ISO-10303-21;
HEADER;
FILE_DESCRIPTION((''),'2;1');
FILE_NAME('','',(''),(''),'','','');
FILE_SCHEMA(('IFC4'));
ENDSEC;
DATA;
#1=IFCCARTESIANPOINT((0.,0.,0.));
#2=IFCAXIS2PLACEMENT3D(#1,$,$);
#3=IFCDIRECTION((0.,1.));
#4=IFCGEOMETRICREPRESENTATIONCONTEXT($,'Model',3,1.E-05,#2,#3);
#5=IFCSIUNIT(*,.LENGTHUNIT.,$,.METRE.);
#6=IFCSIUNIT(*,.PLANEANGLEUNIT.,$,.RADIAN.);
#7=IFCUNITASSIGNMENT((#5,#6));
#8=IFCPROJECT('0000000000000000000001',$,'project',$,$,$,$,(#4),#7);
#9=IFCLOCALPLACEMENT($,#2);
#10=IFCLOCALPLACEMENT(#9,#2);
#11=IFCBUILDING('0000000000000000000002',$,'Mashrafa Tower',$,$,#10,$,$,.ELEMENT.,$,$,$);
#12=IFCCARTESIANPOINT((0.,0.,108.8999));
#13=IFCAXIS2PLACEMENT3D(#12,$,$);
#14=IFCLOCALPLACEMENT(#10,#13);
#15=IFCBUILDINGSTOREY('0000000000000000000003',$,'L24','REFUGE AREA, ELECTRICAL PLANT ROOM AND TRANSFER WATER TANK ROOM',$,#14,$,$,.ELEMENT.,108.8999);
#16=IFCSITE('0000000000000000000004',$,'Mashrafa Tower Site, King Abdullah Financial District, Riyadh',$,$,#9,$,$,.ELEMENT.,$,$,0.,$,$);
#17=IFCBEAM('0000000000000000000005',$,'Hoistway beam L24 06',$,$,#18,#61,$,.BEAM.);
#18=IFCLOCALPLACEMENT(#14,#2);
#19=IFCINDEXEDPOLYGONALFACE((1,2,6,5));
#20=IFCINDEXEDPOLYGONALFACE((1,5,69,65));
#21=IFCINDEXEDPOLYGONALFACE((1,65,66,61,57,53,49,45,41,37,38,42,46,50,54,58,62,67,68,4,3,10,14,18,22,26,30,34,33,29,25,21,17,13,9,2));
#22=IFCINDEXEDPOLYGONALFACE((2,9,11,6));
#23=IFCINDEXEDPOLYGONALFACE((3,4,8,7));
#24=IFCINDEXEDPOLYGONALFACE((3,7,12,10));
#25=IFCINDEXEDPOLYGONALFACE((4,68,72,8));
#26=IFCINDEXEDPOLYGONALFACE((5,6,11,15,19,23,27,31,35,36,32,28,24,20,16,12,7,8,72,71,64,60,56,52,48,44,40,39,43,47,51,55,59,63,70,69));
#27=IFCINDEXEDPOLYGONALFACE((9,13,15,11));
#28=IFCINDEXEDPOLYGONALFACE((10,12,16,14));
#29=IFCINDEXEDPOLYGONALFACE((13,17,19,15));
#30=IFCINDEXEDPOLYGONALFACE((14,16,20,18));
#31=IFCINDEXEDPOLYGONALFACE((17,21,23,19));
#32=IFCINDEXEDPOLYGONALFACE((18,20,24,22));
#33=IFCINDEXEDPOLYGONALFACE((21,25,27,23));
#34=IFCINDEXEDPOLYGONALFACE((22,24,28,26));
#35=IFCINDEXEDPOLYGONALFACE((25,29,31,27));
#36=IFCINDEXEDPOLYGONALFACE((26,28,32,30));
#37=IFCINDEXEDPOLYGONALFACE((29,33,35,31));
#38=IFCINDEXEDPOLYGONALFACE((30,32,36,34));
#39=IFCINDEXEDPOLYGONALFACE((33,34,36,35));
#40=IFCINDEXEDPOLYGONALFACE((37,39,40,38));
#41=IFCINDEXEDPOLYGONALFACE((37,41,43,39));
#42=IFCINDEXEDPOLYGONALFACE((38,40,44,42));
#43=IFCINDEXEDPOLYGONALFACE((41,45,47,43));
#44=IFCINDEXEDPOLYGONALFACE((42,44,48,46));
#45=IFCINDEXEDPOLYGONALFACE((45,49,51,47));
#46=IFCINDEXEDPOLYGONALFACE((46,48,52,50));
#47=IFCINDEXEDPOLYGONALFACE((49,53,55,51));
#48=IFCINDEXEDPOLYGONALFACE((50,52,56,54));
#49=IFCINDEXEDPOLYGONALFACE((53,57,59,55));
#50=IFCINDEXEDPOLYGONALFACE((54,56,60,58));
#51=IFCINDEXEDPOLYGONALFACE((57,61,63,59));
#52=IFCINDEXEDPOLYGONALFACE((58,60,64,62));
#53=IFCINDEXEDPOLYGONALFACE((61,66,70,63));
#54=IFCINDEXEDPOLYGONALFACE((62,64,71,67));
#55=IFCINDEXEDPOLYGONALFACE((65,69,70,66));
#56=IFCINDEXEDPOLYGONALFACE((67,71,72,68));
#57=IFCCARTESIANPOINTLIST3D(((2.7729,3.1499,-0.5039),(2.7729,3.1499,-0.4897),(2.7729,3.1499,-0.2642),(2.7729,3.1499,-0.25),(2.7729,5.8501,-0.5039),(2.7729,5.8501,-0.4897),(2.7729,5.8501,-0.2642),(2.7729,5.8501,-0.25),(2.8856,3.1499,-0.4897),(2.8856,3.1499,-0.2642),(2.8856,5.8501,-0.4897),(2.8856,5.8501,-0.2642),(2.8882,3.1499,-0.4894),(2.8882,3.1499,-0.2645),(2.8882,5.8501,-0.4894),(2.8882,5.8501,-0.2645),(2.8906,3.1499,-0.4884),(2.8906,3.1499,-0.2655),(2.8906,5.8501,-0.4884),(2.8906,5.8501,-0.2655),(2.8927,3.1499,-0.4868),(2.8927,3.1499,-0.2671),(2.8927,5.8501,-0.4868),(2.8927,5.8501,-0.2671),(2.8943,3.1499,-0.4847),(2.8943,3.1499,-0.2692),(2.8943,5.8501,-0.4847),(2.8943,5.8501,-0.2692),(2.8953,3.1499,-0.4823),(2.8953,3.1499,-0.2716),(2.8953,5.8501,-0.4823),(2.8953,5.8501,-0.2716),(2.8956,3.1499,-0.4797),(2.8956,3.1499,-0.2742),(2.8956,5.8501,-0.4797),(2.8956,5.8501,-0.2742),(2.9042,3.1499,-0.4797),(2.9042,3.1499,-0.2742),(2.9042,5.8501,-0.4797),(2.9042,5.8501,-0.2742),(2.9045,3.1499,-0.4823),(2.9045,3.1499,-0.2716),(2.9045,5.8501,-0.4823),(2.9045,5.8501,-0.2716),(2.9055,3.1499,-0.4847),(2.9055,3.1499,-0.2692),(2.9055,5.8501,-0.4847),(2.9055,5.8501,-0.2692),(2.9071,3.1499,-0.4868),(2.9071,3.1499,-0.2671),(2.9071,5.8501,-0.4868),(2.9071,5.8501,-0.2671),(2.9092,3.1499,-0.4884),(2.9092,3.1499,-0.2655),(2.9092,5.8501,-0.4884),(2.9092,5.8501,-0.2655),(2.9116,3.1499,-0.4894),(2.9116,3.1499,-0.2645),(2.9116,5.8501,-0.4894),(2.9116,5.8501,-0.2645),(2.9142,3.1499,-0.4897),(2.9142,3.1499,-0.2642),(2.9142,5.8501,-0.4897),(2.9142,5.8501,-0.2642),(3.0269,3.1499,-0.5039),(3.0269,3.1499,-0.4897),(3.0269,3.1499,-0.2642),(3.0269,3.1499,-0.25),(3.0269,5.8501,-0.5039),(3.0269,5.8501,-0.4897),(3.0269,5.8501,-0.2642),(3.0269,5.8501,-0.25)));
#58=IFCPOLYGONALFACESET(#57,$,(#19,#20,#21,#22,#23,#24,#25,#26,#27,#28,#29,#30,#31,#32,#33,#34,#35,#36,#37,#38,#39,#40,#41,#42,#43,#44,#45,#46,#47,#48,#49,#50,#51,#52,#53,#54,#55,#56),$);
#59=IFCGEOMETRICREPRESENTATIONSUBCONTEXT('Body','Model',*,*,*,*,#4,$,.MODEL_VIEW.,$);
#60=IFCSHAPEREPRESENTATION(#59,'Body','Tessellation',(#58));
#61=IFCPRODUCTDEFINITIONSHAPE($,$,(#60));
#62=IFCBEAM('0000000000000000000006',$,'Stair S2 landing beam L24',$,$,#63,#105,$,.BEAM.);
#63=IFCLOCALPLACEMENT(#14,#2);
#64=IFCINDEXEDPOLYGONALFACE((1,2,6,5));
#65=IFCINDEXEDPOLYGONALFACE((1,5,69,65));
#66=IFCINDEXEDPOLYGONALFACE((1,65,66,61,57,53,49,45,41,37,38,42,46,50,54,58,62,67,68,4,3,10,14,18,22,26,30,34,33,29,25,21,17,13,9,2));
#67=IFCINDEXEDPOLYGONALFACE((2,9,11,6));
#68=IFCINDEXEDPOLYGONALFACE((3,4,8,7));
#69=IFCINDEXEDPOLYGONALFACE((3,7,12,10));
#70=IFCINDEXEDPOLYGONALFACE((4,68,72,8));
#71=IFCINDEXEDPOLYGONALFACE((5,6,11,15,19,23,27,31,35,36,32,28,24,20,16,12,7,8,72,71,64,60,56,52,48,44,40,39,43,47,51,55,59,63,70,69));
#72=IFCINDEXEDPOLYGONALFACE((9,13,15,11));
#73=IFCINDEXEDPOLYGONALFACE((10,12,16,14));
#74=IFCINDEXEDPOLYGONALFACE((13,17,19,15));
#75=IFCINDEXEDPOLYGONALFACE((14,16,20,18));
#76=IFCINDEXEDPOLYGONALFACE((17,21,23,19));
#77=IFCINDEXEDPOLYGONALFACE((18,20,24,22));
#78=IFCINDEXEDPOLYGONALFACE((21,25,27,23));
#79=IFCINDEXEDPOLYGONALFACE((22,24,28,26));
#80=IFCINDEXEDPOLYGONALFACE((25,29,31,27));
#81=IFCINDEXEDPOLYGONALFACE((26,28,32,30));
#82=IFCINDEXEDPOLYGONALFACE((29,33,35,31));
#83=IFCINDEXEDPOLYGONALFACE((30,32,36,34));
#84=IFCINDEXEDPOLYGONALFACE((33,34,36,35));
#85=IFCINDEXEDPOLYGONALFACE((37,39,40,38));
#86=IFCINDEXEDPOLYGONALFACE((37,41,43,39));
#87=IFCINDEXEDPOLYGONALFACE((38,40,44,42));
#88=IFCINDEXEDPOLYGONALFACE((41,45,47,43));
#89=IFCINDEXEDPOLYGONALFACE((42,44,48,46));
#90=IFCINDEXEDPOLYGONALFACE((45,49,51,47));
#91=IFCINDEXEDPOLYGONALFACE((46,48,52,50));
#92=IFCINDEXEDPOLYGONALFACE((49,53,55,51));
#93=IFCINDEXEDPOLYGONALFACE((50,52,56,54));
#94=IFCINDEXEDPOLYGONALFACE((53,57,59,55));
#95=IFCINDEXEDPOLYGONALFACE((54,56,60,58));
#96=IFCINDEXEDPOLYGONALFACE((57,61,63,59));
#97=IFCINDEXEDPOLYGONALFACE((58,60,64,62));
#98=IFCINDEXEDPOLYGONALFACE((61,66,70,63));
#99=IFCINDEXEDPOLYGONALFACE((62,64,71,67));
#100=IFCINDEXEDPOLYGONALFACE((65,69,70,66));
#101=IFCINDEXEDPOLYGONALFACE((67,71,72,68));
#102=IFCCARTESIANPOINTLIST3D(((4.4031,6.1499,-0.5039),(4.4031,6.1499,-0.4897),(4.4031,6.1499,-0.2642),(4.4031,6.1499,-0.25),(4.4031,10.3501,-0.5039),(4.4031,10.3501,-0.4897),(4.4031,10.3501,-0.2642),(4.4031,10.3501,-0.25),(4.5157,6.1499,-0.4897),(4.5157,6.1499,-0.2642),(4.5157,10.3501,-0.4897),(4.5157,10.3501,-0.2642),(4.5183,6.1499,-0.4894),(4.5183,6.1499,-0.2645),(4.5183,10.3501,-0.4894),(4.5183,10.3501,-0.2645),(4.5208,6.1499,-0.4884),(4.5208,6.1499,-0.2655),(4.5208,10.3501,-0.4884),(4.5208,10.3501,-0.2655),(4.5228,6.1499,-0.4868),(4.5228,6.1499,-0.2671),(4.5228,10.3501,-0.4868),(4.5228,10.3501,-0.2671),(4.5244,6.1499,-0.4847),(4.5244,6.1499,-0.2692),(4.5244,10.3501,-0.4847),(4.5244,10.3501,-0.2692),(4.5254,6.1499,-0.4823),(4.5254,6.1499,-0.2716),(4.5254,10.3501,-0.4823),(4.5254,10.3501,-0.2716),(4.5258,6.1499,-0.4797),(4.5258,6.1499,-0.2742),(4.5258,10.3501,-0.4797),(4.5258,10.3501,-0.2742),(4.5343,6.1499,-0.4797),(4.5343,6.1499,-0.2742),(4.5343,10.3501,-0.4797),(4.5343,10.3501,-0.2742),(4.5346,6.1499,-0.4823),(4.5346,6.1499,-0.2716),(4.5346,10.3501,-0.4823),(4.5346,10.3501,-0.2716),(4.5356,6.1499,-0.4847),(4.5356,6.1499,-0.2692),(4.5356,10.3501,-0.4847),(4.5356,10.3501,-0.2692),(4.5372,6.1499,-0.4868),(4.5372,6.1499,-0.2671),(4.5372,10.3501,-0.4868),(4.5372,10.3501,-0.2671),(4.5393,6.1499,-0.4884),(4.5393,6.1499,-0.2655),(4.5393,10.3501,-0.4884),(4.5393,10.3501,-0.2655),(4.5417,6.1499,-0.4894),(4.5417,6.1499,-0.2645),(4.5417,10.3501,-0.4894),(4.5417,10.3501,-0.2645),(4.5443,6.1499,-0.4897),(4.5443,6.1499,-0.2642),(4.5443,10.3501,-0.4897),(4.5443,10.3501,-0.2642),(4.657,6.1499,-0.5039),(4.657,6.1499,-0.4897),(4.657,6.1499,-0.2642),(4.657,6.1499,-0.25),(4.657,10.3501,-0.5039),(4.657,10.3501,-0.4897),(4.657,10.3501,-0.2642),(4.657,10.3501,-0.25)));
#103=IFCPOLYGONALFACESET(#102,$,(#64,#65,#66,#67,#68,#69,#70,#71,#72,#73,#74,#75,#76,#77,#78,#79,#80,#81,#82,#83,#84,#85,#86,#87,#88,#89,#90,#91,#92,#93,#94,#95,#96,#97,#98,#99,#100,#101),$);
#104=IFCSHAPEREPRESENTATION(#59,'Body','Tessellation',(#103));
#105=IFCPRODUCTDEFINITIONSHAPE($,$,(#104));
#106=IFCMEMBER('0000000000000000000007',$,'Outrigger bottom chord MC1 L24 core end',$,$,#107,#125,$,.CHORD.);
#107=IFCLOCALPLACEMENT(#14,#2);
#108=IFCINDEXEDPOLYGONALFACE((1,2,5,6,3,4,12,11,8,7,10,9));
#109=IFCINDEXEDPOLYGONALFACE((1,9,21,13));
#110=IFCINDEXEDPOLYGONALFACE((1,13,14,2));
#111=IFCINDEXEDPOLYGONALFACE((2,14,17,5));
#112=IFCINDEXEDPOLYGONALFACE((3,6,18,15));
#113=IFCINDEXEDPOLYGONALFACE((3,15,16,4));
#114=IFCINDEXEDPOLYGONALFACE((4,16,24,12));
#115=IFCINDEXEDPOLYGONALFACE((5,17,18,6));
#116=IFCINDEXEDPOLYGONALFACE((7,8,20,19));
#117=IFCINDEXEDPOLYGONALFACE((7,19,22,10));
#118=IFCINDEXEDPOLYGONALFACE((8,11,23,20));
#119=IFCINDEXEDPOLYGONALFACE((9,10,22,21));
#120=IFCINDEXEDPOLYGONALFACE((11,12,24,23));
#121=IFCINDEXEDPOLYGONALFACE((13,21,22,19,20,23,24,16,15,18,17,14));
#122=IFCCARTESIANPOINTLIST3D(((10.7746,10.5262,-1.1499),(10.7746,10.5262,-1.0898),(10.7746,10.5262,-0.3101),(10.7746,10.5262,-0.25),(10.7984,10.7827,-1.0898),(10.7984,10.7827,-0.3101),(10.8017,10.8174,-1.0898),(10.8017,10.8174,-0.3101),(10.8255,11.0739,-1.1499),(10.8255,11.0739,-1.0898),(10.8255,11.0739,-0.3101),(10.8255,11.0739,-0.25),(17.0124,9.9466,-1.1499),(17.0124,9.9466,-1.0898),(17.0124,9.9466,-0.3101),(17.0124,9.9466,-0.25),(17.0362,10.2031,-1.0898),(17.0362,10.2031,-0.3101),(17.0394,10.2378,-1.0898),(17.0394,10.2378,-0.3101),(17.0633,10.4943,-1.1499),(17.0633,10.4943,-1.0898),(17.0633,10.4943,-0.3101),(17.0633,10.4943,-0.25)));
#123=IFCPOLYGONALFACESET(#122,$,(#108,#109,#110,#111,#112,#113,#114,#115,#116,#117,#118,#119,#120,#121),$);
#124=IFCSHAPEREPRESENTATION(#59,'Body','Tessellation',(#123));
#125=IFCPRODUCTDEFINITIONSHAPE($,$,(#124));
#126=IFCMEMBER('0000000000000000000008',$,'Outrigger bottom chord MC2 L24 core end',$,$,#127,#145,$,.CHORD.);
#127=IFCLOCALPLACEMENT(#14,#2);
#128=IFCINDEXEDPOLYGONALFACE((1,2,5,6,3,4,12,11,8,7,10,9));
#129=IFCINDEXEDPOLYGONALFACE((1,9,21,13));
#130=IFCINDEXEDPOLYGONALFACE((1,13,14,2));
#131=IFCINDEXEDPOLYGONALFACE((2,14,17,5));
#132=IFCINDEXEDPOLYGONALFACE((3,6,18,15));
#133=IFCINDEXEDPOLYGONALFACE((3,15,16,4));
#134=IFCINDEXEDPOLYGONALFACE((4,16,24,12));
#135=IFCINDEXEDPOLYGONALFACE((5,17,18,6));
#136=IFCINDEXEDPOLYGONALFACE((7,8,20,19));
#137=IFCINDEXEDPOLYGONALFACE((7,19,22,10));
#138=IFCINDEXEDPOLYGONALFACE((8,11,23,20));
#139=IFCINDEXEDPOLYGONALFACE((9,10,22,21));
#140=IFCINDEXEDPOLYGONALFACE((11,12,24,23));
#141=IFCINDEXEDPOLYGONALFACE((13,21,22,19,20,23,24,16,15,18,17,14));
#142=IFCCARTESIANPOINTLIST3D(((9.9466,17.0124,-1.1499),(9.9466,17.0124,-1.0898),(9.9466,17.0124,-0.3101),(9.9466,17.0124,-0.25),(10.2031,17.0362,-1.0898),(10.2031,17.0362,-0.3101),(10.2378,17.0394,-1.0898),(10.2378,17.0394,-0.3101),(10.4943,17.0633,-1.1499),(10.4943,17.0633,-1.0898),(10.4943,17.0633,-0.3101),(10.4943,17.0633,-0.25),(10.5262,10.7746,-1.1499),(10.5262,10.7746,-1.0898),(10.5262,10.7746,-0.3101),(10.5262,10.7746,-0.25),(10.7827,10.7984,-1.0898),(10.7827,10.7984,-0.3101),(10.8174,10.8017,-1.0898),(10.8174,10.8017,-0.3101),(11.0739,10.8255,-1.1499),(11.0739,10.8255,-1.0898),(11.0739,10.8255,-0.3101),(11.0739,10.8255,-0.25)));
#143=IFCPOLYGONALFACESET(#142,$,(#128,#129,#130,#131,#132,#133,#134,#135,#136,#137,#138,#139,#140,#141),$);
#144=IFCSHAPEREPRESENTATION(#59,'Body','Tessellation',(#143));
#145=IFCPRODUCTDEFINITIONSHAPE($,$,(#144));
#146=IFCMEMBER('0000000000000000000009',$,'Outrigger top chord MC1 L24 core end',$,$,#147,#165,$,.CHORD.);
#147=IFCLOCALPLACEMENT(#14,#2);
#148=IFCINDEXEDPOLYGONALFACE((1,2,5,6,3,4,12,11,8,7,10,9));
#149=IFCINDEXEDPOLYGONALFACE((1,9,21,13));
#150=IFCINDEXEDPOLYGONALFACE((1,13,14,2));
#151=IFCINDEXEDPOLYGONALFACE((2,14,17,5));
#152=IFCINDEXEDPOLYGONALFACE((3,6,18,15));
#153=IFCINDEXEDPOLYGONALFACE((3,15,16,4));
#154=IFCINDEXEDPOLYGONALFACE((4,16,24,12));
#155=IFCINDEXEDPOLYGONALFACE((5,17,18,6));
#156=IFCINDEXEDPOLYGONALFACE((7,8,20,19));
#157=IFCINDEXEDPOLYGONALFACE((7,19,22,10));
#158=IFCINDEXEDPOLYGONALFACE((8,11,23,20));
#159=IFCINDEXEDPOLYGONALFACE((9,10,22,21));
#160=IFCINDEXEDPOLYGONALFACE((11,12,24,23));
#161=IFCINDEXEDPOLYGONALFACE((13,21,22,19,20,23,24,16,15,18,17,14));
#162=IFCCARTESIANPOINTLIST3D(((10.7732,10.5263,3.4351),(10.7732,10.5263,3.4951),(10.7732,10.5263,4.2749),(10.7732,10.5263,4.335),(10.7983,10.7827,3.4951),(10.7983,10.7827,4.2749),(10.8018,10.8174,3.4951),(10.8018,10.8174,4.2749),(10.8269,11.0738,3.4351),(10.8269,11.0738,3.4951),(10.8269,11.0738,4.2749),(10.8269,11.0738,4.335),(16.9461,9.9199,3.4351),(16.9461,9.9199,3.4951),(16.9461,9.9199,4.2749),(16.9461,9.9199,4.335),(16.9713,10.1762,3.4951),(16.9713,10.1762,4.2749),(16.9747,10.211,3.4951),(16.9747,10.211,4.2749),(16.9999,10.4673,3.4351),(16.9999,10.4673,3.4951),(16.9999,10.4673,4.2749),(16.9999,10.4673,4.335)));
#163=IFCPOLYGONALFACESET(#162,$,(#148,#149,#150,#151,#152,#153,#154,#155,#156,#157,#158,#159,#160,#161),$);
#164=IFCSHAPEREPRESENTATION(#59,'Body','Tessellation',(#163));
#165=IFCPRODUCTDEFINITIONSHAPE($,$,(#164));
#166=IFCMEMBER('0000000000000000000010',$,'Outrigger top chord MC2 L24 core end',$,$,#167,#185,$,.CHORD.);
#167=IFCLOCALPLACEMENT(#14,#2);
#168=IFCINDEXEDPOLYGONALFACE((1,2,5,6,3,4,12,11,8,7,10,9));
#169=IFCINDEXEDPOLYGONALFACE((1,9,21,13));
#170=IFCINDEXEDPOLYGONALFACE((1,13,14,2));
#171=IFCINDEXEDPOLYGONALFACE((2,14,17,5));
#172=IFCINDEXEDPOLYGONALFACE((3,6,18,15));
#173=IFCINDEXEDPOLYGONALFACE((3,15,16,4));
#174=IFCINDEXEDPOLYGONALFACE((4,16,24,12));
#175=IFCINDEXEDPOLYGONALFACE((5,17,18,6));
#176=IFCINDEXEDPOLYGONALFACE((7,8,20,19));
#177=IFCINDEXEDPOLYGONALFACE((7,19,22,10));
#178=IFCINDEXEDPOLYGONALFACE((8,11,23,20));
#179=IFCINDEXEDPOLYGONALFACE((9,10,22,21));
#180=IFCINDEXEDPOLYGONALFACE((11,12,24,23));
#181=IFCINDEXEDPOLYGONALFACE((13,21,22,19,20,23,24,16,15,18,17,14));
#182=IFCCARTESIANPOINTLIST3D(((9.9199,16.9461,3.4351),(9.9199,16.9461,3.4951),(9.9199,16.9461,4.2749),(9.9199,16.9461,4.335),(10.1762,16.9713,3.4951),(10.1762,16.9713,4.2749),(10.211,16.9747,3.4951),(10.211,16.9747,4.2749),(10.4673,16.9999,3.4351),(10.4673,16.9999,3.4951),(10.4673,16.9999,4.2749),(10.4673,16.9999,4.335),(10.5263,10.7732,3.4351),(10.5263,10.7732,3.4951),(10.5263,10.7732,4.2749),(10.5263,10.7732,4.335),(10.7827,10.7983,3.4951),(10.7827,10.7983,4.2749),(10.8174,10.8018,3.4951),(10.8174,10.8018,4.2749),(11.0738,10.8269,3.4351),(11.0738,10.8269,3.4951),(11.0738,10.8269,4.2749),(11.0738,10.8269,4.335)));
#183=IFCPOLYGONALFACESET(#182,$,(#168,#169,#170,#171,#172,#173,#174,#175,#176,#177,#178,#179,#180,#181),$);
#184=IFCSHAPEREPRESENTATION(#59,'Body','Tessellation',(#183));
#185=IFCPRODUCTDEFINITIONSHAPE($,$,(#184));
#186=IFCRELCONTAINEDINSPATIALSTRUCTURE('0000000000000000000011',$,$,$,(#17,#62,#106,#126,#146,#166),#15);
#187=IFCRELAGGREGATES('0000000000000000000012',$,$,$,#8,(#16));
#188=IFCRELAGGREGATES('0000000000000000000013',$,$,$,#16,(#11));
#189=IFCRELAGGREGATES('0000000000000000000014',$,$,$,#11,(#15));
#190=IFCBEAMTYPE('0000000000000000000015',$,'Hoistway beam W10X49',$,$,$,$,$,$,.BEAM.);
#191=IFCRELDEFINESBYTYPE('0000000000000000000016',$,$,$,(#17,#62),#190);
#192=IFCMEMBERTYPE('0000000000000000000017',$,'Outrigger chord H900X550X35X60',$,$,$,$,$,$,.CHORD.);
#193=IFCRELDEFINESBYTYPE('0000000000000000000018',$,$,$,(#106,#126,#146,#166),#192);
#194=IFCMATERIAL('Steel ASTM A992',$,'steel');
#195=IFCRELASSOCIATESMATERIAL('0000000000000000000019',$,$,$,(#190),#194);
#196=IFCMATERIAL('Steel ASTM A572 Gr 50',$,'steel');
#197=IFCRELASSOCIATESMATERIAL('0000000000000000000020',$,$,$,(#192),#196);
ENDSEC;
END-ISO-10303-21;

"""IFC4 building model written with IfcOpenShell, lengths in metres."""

from ifc_helpers import new_model, si_unit, direction, frame, origin, origin_2d, place, context, subcontext, project, spatial, i_section, extrude, source, transform, mapped, material, material_profile, profile_set, type_object, type_shapes, element, save


model = new_model("IFC4")

# Units and contexts
model_context = context("Model", 3, precision=1e-05, world=origin(), true_north=direction((0.0, 1.0)))
body_context = subcontext(model_context, "Body", "Model", "MODEL_VIEW")
ifc_project = project(units=[si_unit("LENGTHUNIT", "METRE"), si_unit("PLANEANGLEUNIT", "RADIAN")], contexts=[model_context])

# Site, building, storey
site_placement = place(None, origin())
site = spatial("IfcSite", under=ifc_project, at=site_placement, Name="Mashrafa Tower Site, King Abdullah Financial District, Riyadh", CompositionType="ELEMENT", RefElevation=0.0)
building_placement = place(site_placement, origin())
building = spatial("IfcBuilding", under=site, at=building_placement, Name="Mashrafa Tower", CompositionType="ELEMENT")
storey_placement = place(building_placement, frame((0.0, 0.0, 108.8999)))
storey = spatial("IfcBuildingStorey", under=building, at=storey_placement, Name="L24", Description="REFUGE AREA, ELECTRICAL PLANT ROOM AND TRANSFER WATER TANK ROOM", CompositionType="ELEMENT", Elevation=108.8999)

# Beams
ifc_material_1 = material(Name="Steel ASTM A992", Category="steel")
ifc_material_profile_1 = material_profile(ifc_material_1, i_section(OverallWidth=0.2539, OverallDepth=0.2539, WebThickness=0.0085, FlangeThickness=0.0142, FilletRadius=0.01, at=origin_2d()), Name="W10X49")
ifc_profile_set_1 = profile_set([ifc_material_profile_1], Name="Steel ASTM A992")
beam_type_1 = type_object("IfcBeamType", Name="Hoistway beam W10X49", PredefinedType="BEAM", material=ifc_profile_set_1)
beam_1_placement = place(storey_placement, frame((2.8999, 3.1499, -0.377), z_axis=(0.0, 1.0, 0.0), x_axis=(-1.0, 0.0, 0.0)))
element("IfcBeam", 1, at=beam_1_placement, inside=storey, type_object=beam_type_1, Name="Hoistway beam L24 06", PredefinedType="BEAM", context=body_context, shape_type="SweptSolid", body=[
    extrude(i_section(OverallWidth=0.2539, OverallDepth=0.2539, WebThickness=0.0085, FlangeThickness=0.0142, FilletRadius=0.01, at=origin_2d()), origin(), (0.0, 0.0, 1.0), 2.7002),
])
beam_2_placement = place(storey_placement, frame((4.53, 6.1499, -0.377), z_axis=(0.0, 1.0, 0.0), x_axis=(-1.0, 0.0, 0.0)))
element("IfcBeam", 2, at=beam_2_placement, inside=storey, type_object=beam_type_1, Name="Stair S2 landing beam L24", PredefinedType="BEAM", context=body_context, shape_type="SweptSolid", body=[
    extrude(i_section(OverallWidth=0.2539, OverallDepth=0.2539, WebThickness=0.0085, FlangeThickness=0.0142, FilletRadius=0.01, at=origin_2d()), origin(), (0.0, 0.0, 1.0), 4.2002),
])

# Members
ifc_material_2 = material(Name="Steel ASTM A572 Gr 50", Category="steel")
ifc_material_profile_2 = material_profile(ifc_material_2, i_section(OverallWidth=0.55, OverallDepth=0.8999, WebThickness=0.0349, FlangeThickness=0.0601, at=origin_2d()), Name="H900X550X35X60")
ifc_profile_set_2 = profile_set([ifc_material_profile_2], Name="Steel ASTM A572 Gr 50")
member_type = type_object("IfcMemberType", Name="Outrigger chord H900X550X35X60", PredefinedType="CHORD", material=ifc_profile_set_2)
shared_shape_1 = source(origin(), body_context, "Body", "SweptSolid", [
    extrude(i_section(OverallWidth=0.55, OverallDepth=0.8999, WebThickness=0.0349, FlangeThickness=0.0601, at=origin_2d()), origin(), (0.0, 0.0, 1.0), 6.2646),
])
for number, where, z_axis, x_axis, name in (
    (3, (10.8, 10.8, -0.7), (0.995711, -0.092517, 0.0), (0.092517, 0.995711, 0.0), "Outrigger bottom chord MC1 L24 core end"),
    (4, (10.8, 10.8, -0.7), (-0.092517, 0.995711, 0.0), (-0.995711, -0.092517, 0.0), "Outrigger bottom chord MC2 L24 core end"),
):
    element("IfcMember", number, at=place(storey_placement, frame(where, z_axis=z_axis, x_axis=x_axis)), inside=storey, type_object=member_type, Name=name, PredefinedType="CHORD", context=body_context, shape_type="MappedRepresentation", body=[
        mapped(shared_shape_1, transform((0.0, 0.0, 0.0))),
    ])
shared_shape_2 = source(origin(), body_context, "Body", "SweptSolid", [
    extrude(i_section(OverallWidth=0.55, OverallDepth=0.8999, WebThickness=0.0349, FlangeThickness=0.0601, at=origin_2d()), origin(), (0.0, 0.0, 1.0), 6.2026),
])
type_shapes(member_type, [shared_shape_1, shared_shape_2])
for number, where, z_axis, x_axis, name in (
    (5, (10.8, 10.8, 3.885), (0.995209, -0.097773, 0.0), (0.097773, 0.995209, 0.0), "Outrigger top chord MC1 L24 core end"),
    (6, (10.8, 10.8, 3.885), (-0.097773, 0.995209, 0.0), (-0.995209, -0.097773, 0.0), "Outrigger top chord MC2 L24 core end"),
):
    element("IfcMember", number, at=place(storey_placement, frame(where, z_axis=z_axis, x_axis=x_axis)), inside=storey, type_object=member_type, Name=name, PredefinedType="CHORD", context=body_context, shape_type="MappedRepresentation", body=[
        mapped(shared_shape_2, transform((0.0, 0.0, 0.0))),
    ])

save(model, "model.ifc")
